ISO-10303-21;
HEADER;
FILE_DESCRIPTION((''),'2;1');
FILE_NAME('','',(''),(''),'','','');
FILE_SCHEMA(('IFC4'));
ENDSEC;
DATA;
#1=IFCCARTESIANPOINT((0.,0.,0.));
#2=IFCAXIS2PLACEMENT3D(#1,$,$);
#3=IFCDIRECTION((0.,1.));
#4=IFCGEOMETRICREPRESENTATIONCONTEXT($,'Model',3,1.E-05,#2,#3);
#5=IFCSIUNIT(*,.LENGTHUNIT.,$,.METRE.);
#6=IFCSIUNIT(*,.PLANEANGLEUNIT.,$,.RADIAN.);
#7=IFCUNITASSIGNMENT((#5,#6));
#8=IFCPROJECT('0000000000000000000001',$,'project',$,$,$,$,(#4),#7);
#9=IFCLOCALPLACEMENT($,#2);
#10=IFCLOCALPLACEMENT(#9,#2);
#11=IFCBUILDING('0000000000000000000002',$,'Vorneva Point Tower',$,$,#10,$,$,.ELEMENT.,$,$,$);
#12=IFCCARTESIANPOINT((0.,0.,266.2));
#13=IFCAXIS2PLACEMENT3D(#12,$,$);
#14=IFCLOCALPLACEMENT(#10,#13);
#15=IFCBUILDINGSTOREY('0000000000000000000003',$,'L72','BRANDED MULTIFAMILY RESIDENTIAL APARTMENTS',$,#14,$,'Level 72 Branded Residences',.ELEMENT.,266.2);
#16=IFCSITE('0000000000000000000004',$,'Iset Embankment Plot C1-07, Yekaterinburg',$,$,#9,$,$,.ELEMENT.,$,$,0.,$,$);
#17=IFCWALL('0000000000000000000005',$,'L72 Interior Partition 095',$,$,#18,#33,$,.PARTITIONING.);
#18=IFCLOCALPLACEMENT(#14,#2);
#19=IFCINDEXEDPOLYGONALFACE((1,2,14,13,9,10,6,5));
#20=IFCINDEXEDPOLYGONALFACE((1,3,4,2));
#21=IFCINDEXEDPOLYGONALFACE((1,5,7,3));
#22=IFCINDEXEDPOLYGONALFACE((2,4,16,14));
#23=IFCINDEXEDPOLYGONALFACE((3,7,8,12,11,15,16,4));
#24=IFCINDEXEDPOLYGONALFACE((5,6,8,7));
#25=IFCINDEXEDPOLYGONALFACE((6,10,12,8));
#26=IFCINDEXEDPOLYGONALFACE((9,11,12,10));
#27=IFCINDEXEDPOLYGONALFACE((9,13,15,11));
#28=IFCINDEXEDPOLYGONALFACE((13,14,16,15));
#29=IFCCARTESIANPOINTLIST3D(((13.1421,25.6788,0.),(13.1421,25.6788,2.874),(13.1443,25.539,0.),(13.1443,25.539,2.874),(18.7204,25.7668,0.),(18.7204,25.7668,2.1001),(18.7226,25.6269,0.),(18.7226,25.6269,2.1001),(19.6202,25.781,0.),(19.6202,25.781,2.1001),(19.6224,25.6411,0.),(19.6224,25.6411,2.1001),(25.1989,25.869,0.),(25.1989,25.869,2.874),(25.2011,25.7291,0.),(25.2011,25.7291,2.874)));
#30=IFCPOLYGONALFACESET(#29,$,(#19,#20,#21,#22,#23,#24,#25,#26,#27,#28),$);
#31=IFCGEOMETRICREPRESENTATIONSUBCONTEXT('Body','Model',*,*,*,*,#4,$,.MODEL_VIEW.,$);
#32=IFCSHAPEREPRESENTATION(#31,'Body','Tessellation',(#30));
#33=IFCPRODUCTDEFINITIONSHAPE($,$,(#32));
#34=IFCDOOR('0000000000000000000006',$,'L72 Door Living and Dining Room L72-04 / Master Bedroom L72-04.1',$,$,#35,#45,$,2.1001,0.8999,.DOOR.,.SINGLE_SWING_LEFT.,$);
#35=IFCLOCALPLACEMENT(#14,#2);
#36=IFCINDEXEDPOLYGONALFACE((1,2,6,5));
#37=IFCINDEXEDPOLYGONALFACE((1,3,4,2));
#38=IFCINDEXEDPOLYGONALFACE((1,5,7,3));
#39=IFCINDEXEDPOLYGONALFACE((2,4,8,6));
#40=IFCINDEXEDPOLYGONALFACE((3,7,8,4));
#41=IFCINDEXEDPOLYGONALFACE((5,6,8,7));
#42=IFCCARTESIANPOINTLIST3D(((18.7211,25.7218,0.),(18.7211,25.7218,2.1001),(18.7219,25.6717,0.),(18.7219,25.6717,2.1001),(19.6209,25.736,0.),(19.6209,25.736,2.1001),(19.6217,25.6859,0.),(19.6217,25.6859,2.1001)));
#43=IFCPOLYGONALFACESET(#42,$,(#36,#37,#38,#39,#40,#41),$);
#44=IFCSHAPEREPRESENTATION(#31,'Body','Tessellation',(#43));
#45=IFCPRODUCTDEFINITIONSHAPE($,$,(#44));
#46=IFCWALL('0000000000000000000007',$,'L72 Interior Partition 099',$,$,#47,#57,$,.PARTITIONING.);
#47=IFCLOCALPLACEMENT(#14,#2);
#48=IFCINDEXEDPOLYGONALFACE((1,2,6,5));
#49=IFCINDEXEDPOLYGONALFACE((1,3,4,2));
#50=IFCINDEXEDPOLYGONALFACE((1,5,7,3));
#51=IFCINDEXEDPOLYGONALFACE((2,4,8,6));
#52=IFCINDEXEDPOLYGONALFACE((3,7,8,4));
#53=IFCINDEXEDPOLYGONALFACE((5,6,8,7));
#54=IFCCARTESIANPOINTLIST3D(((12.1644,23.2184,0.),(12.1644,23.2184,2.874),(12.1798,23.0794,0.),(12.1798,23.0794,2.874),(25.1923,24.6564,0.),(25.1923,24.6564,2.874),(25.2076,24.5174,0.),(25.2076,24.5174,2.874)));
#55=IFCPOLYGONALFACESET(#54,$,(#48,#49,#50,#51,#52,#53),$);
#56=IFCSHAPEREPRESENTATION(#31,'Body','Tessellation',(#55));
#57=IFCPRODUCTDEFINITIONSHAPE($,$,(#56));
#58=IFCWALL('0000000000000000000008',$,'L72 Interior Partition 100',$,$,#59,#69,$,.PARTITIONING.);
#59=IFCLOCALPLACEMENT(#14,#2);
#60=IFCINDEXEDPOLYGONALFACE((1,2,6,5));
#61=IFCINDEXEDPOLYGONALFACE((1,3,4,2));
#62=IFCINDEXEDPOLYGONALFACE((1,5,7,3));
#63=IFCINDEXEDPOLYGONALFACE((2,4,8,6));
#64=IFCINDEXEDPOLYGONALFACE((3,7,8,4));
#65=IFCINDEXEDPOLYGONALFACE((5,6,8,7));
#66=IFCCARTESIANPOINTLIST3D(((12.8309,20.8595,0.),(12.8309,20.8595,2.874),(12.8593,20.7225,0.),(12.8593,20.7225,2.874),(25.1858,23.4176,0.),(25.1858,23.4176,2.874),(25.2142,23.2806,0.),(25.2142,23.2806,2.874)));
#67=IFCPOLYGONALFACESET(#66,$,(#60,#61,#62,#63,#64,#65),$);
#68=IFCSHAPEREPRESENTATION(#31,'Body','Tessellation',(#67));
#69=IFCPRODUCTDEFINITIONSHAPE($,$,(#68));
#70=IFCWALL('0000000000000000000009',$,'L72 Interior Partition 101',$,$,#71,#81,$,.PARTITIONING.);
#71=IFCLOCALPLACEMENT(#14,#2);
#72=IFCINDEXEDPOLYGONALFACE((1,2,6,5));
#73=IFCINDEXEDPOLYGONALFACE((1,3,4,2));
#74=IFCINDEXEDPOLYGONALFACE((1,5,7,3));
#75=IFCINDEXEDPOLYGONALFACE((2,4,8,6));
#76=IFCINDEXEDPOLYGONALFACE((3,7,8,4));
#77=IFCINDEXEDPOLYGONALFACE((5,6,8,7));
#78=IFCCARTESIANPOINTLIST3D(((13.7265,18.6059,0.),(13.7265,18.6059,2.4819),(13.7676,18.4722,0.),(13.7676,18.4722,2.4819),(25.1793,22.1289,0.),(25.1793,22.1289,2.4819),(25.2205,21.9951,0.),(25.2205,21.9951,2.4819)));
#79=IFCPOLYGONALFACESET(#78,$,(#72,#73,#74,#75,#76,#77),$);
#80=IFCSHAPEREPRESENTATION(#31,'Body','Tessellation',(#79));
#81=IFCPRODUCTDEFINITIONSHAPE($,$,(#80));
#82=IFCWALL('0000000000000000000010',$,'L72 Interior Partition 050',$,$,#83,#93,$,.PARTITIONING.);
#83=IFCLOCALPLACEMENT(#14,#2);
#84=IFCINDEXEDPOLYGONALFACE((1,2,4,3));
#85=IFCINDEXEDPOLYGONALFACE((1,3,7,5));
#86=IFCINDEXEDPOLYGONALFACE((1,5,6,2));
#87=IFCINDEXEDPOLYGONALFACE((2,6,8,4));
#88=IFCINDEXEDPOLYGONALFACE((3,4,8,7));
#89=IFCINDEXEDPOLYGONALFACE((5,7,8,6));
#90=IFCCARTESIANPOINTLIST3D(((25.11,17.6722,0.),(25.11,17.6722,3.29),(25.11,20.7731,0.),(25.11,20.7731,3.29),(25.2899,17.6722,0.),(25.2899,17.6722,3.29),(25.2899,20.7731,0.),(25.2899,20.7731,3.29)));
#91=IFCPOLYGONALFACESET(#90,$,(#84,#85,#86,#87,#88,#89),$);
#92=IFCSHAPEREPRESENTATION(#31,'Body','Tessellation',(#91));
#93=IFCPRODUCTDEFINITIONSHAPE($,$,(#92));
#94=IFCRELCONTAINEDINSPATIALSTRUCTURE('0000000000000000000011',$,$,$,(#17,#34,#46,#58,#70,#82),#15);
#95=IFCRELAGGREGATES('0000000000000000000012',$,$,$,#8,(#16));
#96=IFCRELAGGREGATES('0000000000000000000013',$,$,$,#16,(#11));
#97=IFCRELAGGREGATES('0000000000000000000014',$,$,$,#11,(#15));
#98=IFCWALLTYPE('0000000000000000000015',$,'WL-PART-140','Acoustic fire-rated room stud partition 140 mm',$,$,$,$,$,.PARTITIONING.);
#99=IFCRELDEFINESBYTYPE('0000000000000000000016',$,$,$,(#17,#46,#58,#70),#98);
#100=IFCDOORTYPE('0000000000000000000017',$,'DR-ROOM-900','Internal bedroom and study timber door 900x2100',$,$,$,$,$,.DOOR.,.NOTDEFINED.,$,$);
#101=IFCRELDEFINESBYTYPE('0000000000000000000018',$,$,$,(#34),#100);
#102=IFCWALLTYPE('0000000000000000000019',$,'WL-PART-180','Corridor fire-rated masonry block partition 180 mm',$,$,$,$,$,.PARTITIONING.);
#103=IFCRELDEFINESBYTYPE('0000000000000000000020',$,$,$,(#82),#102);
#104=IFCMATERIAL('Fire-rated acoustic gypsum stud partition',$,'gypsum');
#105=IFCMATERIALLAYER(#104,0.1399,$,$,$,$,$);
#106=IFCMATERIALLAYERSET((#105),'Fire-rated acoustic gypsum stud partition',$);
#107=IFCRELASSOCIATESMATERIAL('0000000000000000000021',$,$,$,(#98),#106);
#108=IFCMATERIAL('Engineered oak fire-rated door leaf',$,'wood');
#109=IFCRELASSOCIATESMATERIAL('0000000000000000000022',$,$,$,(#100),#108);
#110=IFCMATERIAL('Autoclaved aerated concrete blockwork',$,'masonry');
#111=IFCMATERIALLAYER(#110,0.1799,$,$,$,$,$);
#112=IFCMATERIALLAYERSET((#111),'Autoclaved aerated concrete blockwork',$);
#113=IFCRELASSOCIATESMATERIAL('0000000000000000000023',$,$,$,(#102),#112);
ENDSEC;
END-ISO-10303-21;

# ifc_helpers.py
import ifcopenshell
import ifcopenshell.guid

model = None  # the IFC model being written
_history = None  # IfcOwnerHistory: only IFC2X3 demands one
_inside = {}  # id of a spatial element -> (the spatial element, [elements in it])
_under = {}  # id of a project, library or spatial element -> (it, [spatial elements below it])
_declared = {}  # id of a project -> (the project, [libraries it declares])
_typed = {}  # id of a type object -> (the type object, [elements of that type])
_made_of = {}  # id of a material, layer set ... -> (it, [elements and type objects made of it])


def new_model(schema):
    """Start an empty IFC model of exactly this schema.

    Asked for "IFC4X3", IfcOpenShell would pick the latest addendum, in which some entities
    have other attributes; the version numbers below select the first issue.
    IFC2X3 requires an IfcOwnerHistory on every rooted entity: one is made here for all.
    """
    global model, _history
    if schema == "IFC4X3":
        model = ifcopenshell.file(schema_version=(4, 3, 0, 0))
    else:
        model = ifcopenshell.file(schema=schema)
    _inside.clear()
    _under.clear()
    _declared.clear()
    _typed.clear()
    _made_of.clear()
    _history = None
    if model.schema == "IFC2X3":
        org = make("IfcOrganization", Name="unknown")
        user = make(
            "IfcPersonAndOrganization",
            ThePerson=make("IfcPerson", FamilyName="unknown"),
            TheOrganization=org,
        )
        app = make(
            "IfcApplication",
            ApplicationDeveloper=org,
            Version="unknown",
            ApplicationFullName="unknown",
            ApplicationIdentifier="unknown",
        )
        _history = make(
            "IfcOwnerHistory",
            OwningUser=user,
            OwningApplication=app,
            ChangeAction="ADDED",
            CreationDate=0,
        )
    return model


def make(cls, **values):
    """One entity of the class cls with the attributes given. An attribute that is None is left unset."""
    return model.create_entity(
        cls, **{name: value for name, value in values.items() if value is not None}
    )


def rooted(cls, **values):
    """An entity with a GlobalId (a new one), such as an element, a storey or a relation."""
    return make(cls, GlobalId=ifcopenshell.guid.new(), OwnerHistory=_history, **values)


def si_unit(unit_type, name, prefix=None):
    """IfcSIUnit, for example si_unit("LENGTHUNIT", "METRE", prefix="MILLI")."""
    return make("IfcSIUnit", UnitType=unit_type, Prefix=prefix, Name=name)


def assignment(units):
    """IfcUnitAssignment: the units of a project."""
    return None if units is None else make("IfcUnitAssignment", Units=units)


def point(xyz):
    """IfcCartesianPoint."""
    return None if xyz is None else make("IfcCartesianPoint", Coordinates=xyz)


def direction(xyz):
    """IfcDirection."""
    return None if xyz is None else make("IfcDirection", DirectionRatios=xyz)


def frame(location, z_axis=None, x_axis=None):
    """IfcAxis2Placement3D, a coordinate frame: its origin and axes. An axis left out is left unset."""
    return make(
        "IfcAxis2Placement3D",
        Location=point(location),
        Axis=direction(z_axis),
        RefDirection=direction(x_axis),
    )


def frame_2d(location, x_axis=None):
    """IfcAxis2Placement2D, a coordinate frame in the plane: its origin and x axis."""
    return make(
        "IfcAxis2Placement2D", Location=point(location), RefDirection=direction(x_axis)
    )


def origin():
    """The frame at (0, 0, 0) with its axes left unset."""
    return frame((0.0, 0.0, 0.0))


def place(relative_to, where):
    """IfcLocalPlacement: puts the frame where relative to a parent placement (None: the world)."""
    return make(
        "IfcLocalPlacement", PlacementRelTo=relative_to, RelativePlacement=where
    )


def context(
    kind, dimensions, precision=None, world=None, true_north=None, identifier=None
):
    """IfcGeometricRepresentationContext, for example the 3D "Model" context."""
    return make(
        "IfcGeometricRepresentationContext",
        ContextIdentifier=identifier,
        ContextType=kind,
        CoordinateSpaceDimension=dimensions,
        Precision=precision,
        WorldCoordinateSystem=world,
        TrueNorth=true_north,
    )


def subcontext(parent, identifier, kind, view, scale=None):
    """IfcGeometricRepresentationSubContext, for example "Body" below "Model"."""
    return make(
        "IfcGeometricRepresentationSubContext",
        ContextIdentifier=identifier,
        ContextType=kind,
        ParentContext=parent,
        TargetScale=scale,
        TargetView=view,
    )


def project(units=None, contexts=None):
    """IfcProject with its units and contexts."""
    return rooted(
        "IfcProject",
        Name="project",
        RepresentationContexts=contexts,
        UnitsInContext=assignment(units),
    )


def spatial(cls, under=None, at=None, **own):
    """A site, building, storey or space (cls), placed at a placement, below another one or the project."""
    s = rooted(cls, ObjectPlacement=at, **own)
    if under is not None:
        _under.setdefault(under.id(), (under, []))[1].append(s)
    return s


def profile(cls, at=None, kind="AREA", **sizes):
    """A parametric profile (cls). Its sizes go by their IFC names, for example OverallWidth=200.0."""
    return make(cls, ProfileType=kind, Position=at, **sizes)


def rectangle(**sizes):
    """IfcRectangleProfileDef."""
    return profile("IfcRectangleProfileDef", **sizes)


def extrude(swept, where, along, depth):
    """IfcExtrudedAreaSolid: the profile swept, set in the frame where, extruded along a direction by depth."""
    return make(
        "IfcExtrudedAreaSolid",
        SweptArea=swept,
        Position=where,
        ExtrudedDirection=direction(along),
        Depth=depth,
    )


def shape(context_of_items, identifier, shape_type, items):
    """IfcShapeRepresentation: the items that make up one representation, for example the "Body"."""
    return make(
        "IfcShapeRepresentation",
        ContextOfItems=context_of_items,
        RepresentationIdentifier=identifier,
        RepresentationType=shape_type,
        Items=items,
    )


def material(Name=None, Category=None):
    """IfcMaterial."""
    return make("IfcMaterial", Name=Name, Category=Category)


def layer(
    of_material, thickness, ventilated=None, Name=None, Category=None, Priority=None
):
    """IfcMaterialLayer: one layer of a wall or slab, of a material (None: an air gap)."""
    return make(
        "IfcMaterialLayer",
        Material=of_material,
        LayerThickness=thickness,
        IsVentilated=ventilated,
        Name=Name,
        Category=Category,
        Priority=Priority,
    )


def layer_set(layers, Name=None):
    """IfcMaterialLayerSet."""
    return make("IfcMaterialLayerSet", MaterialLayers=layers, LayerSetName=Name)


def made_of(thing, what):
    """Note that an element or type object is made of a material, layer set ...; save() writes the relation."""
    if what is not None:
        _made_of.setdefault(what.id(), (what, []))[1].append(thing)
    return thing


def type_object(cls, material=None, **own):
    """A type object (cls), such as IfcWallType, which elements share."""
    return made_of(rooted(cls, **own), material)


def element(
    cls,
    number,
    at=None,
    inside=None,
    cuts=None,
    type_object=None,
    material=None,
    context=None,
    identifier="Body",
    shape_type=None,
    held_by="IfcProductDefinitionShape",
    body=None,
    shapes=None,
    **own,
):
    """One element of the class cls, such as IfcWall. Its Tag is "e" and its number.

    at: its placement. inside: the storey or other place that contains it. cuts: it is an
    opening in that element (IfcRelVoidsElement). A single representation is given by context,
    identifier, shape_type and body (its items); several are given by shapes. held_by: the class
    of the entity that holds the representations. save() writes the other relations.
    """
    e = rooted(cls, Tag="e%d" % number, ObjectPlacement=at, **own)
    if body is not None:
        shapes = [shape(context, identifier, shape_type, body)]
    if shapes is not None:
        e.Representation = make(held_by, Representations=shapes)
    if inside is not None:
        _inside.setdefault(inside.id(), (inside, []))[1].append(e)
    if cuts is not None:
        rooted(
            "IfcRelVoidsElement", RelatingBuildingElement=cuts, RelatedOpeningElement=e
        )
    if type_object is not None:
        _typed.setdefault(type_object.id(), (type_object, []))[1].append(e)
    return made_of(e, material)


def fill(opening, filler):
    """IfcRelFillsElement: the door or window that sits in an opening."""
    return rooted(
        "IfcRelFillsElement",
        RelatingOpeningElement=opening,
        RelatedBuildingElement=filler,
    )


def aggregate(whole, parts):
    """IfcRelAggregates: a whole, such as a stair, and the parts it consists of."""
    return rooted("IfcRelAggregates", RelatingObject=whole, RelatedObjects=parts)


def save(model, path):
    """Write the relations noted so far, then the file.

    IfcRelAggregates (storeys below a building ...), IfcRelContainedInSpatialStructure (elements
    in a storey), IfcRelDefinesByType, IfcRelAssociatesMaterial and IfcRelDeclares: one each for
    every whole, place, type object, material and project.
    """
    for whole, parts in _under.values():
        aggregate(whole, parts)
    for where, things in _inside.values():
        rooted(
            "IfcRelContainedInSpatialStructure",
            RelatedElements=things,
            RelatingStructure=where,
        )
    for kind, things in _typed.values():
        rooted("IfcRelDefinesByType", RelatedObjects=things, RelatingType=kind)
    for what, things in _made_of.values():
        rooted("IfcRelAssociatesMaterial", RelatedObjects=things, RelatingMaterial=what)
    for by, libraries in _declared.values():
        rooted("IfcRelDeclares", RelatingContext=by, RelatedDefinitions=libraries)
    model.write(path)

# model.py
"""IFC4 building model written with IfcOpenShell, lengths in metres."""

from ifc_helpers import new_model, si_unit, direction, frame, frame_2d, origin, place, context, subcontext, project, spatial, rectangle, extrude, material, layer, layer_set, type_object, element, fill, save


model = new_model("IFC4")

# Units and contexts
model_context = context("Model", 3, precision=1e-05, world=origin(), true_north=direction((0.0, 1.0)))
body_context = subcontext(model_context, "Body", "Model", "MODEL_VIEW")
ifc_project = project(units=[si_unit("LENGTHUNIT", "METRE"), si_unit("PLANEANGLEUNIT", "RADIAN")], contexts=[model_context])

# Site, building, storey
site_placement = place(None, origin())
site = spatial("IfcSite", under=ifc_project, at=site_placement, Name="Iset Embankment Plot C1-07, Yekaterinburg", CompositionType="ELEMENT", RefElevation=0.0)
building_placement = place(site_placement, origin())
building = spatial("IfcBuilding", under=site, at=building_placement, Name="Vorneva Point Tower", CompositionType="ELEMENT")
storey_placement = place(building_placement, frame((0.0, 0.0, 266.2)))
storey = spatial("IfcBuildingStorey", under=building, at=storey_placement, Name="L72", Description="BRANDED MULTIFAMILY RESIDENTIAL APARTMENTS", LongName="Level 72 Branded Residences", CompositionType="ELEMENT", Elevation=266.2)

# Shared definitions
ifc_material_1 = material(Name="Fire-rated acoustic gypsum stud partition", Category="gypsum")

# Wall, opening, door
ifc_material_2 = material(Name="Engineered oak fire-rated door leaf", Category="wood")
ifc_layer_1 = layer(ifc_material_1, 0.1399)
ifc_layer_set_1 = layer_set([ifc_layer_1], Name="Fire-rated acoustic gypsum stud partition")
wall_type_1 = type_object("IfcWallType", Name="WL-PART-140", Description="Acoustic fire-rated room stud partition 140 mm", PredefinedType="PARTITIONING", material=ifc_layer_set_1)
wall_1_placement = place(storey_placement, frame((13.1431, 25.6089, 0.0), z_axis=(0.0, 0.0, 1.0), x_axis=(0.999876, 0.015772, 0.0)))
wall_1 = element("IfcWall", 1, at=wall_1_placement, inside=storey, type_object=wall_type_1, Name="L72 Interior Partition 095", PredefinedType="PARTITIONING", context=body_context, shape_type="SweptSolid", body=[
    extrude(rectangle(XDim=12.0583, YDim=0.1399, at=frame_2d((6.0293, 0.0))), origin(), (0.0, 0.0, 1.0), 2.874),
])
opening_1_placement = place(wall_1_placement, frame((5.5791, 0.0, 0.0)))
opening_1 = element("IfcOpeningElement", 2, at=opening_1_placement, cuts=wall_1, PredefinedType="OPENING", context=body_context, shape_type="SweptSolid", body=[
    extrude(rectangle(XDim=0.8999, YDim=2.1001, at=frame_2d((0.45, 1.05))), frame((0.0, 0.085, 0.0), z_axis=(0.0, -1.0, 0.0), x_axis=(1.0, 0.0, 0.0)), (0.0, 0.0, 1.0), 0.1697),
])
door_type_1 = type_object("IfcDoorType", Name="DR-ROOM-900", Description="Internal bedroom and study timber door 900x2100", OperationType="NOTDEFINED", PredefinedType="DOOR", material=ifc_material_2)
door_1_placement = place(opening_1_placement, origin())
door_1 = element("IfcDoor", 3, at=door_1_placement, inside=storey, type_object=door_type_1, Name="L72 Door Living and Dining Room L72-04 / Master Bedroom L72-04.1", OperationType="SINGLE_SWING_LEFT", OverallHeight=2.1001, OverallWidth=0.8999, PredefinedType="DOOR", context=body_context, shape_type="SweptSolid", body=[
    extrude(rectangle(XDim=0.8999, YDim=2.1001, at=frame_2d((0.45, 1.05))), frame((0.0, 0.0249, 0.0), z_axis=(0.0, -1.0, 0.0), x_axis=(1.0, 0.0, 0.0)), (0.0, 0.0, 1.0), 0.05),
])
fill(opening_1, door_1)

# Walls
wall_2_placement = place(storey_placement, frame((12.1721, 23.1489, 0.0), z_axis=(0.0, 0.0, 1.0), x_axis=(0.993963, 0.109712, 0.0)))
element("IfcWall", 4, at=wall_2_placement, inside=storey, type_object=wall_type_1, Name="L72 Interior Partition 099", PredefinedType="PARTITIONING", context=body_context, shape_type="SweptSolid", body=[
    extrude(rectangle(XDim=13.1069, YDim=0.1399, at=frame_2d((6.5535, 0.0))), origin(), (0.0, 0.0, 1.0), 2.874),
])
wall_3_placement = place(storey_placement, frame((12.845, 20.791, 0.0), z_axis=(0.0, 0.0, 1.0), x_axis=(0.97923, 0.20275, 0.0)))
element("IfcWall", 5, at=wall_3_placement, inside=storey, type_object=wall_type_1, Name="L72 Interior Partition 100", PredefinedType="PARTITIONING", context=body_context, shape_type="SweptSolid", body=[
    extrude(rectangle(XDim=12.6169, YDim=0.1399, at=frame_2d((6.3086, 0.0))), origin(), (0.0, 0.0, 1.0), 2.874),
])
wall_4_placement = place(storey_placement, frame((13.7471, 18.5391, 0.0), z_axis=(0.0, 0.0, 1.0), x_axis=(0.955803, 0.294009, 0.0)))
element("IfcWall", 6, at=wall_4_placement, inside=storey, type_object=wall_type_1, Name="L72 Interior Partition 101", PredefinedType="PARTITIONING", context=body_context, shape_type="SweptSolid", body=[
    extrude(rectangle(XDim=11.9824, YDim=0.1399, at=frame_2d((5.9912, 0.0))), origin(), (0.0, 0.0, 1.0), 2.4819),
])

# Shared definitions
ifc_material_3 = material(Name="Autoclaved aerated concrete blockwork", Category="masonry")
ifc_layer_2 = layer(ifc_material_3, 0.1799)
ifc_layer_set_2 = layer_set([ifc_layer_2], Name="Autoclaved aerated concrete blockwork")
wall_type_2 = type_object("IfcWallType", Name="WL-PART-180", Description="Corridor fire-rated masonry block partition 180 mm", PredefinedType="PARTITIONING", material=ifc_layer_set_2)

# Wall
wall_5_placement = place(storey_placement, frame((25.2, 20.7729, 0.0), z_axis=(0.0, 0.0, 1.0), x_axis=(0.0, -1.0, 0.0)))
element("IfcWall", 7, at=wall_5_placement, inside=storey, type_object=wall_type_2, Name="L72 Interior Partition 050", PredefinedType="PARTITIONING", context=body_context, shape_type="SweptSolid", body=[
    extrude(rectangle(XDim=3.1008, YDim=0.1799, at=frame_2d((1.5503, 0.0))), origin(), (0.0, 0.0, 1.0), 3.29),
])

save(model, "model.ifc")
